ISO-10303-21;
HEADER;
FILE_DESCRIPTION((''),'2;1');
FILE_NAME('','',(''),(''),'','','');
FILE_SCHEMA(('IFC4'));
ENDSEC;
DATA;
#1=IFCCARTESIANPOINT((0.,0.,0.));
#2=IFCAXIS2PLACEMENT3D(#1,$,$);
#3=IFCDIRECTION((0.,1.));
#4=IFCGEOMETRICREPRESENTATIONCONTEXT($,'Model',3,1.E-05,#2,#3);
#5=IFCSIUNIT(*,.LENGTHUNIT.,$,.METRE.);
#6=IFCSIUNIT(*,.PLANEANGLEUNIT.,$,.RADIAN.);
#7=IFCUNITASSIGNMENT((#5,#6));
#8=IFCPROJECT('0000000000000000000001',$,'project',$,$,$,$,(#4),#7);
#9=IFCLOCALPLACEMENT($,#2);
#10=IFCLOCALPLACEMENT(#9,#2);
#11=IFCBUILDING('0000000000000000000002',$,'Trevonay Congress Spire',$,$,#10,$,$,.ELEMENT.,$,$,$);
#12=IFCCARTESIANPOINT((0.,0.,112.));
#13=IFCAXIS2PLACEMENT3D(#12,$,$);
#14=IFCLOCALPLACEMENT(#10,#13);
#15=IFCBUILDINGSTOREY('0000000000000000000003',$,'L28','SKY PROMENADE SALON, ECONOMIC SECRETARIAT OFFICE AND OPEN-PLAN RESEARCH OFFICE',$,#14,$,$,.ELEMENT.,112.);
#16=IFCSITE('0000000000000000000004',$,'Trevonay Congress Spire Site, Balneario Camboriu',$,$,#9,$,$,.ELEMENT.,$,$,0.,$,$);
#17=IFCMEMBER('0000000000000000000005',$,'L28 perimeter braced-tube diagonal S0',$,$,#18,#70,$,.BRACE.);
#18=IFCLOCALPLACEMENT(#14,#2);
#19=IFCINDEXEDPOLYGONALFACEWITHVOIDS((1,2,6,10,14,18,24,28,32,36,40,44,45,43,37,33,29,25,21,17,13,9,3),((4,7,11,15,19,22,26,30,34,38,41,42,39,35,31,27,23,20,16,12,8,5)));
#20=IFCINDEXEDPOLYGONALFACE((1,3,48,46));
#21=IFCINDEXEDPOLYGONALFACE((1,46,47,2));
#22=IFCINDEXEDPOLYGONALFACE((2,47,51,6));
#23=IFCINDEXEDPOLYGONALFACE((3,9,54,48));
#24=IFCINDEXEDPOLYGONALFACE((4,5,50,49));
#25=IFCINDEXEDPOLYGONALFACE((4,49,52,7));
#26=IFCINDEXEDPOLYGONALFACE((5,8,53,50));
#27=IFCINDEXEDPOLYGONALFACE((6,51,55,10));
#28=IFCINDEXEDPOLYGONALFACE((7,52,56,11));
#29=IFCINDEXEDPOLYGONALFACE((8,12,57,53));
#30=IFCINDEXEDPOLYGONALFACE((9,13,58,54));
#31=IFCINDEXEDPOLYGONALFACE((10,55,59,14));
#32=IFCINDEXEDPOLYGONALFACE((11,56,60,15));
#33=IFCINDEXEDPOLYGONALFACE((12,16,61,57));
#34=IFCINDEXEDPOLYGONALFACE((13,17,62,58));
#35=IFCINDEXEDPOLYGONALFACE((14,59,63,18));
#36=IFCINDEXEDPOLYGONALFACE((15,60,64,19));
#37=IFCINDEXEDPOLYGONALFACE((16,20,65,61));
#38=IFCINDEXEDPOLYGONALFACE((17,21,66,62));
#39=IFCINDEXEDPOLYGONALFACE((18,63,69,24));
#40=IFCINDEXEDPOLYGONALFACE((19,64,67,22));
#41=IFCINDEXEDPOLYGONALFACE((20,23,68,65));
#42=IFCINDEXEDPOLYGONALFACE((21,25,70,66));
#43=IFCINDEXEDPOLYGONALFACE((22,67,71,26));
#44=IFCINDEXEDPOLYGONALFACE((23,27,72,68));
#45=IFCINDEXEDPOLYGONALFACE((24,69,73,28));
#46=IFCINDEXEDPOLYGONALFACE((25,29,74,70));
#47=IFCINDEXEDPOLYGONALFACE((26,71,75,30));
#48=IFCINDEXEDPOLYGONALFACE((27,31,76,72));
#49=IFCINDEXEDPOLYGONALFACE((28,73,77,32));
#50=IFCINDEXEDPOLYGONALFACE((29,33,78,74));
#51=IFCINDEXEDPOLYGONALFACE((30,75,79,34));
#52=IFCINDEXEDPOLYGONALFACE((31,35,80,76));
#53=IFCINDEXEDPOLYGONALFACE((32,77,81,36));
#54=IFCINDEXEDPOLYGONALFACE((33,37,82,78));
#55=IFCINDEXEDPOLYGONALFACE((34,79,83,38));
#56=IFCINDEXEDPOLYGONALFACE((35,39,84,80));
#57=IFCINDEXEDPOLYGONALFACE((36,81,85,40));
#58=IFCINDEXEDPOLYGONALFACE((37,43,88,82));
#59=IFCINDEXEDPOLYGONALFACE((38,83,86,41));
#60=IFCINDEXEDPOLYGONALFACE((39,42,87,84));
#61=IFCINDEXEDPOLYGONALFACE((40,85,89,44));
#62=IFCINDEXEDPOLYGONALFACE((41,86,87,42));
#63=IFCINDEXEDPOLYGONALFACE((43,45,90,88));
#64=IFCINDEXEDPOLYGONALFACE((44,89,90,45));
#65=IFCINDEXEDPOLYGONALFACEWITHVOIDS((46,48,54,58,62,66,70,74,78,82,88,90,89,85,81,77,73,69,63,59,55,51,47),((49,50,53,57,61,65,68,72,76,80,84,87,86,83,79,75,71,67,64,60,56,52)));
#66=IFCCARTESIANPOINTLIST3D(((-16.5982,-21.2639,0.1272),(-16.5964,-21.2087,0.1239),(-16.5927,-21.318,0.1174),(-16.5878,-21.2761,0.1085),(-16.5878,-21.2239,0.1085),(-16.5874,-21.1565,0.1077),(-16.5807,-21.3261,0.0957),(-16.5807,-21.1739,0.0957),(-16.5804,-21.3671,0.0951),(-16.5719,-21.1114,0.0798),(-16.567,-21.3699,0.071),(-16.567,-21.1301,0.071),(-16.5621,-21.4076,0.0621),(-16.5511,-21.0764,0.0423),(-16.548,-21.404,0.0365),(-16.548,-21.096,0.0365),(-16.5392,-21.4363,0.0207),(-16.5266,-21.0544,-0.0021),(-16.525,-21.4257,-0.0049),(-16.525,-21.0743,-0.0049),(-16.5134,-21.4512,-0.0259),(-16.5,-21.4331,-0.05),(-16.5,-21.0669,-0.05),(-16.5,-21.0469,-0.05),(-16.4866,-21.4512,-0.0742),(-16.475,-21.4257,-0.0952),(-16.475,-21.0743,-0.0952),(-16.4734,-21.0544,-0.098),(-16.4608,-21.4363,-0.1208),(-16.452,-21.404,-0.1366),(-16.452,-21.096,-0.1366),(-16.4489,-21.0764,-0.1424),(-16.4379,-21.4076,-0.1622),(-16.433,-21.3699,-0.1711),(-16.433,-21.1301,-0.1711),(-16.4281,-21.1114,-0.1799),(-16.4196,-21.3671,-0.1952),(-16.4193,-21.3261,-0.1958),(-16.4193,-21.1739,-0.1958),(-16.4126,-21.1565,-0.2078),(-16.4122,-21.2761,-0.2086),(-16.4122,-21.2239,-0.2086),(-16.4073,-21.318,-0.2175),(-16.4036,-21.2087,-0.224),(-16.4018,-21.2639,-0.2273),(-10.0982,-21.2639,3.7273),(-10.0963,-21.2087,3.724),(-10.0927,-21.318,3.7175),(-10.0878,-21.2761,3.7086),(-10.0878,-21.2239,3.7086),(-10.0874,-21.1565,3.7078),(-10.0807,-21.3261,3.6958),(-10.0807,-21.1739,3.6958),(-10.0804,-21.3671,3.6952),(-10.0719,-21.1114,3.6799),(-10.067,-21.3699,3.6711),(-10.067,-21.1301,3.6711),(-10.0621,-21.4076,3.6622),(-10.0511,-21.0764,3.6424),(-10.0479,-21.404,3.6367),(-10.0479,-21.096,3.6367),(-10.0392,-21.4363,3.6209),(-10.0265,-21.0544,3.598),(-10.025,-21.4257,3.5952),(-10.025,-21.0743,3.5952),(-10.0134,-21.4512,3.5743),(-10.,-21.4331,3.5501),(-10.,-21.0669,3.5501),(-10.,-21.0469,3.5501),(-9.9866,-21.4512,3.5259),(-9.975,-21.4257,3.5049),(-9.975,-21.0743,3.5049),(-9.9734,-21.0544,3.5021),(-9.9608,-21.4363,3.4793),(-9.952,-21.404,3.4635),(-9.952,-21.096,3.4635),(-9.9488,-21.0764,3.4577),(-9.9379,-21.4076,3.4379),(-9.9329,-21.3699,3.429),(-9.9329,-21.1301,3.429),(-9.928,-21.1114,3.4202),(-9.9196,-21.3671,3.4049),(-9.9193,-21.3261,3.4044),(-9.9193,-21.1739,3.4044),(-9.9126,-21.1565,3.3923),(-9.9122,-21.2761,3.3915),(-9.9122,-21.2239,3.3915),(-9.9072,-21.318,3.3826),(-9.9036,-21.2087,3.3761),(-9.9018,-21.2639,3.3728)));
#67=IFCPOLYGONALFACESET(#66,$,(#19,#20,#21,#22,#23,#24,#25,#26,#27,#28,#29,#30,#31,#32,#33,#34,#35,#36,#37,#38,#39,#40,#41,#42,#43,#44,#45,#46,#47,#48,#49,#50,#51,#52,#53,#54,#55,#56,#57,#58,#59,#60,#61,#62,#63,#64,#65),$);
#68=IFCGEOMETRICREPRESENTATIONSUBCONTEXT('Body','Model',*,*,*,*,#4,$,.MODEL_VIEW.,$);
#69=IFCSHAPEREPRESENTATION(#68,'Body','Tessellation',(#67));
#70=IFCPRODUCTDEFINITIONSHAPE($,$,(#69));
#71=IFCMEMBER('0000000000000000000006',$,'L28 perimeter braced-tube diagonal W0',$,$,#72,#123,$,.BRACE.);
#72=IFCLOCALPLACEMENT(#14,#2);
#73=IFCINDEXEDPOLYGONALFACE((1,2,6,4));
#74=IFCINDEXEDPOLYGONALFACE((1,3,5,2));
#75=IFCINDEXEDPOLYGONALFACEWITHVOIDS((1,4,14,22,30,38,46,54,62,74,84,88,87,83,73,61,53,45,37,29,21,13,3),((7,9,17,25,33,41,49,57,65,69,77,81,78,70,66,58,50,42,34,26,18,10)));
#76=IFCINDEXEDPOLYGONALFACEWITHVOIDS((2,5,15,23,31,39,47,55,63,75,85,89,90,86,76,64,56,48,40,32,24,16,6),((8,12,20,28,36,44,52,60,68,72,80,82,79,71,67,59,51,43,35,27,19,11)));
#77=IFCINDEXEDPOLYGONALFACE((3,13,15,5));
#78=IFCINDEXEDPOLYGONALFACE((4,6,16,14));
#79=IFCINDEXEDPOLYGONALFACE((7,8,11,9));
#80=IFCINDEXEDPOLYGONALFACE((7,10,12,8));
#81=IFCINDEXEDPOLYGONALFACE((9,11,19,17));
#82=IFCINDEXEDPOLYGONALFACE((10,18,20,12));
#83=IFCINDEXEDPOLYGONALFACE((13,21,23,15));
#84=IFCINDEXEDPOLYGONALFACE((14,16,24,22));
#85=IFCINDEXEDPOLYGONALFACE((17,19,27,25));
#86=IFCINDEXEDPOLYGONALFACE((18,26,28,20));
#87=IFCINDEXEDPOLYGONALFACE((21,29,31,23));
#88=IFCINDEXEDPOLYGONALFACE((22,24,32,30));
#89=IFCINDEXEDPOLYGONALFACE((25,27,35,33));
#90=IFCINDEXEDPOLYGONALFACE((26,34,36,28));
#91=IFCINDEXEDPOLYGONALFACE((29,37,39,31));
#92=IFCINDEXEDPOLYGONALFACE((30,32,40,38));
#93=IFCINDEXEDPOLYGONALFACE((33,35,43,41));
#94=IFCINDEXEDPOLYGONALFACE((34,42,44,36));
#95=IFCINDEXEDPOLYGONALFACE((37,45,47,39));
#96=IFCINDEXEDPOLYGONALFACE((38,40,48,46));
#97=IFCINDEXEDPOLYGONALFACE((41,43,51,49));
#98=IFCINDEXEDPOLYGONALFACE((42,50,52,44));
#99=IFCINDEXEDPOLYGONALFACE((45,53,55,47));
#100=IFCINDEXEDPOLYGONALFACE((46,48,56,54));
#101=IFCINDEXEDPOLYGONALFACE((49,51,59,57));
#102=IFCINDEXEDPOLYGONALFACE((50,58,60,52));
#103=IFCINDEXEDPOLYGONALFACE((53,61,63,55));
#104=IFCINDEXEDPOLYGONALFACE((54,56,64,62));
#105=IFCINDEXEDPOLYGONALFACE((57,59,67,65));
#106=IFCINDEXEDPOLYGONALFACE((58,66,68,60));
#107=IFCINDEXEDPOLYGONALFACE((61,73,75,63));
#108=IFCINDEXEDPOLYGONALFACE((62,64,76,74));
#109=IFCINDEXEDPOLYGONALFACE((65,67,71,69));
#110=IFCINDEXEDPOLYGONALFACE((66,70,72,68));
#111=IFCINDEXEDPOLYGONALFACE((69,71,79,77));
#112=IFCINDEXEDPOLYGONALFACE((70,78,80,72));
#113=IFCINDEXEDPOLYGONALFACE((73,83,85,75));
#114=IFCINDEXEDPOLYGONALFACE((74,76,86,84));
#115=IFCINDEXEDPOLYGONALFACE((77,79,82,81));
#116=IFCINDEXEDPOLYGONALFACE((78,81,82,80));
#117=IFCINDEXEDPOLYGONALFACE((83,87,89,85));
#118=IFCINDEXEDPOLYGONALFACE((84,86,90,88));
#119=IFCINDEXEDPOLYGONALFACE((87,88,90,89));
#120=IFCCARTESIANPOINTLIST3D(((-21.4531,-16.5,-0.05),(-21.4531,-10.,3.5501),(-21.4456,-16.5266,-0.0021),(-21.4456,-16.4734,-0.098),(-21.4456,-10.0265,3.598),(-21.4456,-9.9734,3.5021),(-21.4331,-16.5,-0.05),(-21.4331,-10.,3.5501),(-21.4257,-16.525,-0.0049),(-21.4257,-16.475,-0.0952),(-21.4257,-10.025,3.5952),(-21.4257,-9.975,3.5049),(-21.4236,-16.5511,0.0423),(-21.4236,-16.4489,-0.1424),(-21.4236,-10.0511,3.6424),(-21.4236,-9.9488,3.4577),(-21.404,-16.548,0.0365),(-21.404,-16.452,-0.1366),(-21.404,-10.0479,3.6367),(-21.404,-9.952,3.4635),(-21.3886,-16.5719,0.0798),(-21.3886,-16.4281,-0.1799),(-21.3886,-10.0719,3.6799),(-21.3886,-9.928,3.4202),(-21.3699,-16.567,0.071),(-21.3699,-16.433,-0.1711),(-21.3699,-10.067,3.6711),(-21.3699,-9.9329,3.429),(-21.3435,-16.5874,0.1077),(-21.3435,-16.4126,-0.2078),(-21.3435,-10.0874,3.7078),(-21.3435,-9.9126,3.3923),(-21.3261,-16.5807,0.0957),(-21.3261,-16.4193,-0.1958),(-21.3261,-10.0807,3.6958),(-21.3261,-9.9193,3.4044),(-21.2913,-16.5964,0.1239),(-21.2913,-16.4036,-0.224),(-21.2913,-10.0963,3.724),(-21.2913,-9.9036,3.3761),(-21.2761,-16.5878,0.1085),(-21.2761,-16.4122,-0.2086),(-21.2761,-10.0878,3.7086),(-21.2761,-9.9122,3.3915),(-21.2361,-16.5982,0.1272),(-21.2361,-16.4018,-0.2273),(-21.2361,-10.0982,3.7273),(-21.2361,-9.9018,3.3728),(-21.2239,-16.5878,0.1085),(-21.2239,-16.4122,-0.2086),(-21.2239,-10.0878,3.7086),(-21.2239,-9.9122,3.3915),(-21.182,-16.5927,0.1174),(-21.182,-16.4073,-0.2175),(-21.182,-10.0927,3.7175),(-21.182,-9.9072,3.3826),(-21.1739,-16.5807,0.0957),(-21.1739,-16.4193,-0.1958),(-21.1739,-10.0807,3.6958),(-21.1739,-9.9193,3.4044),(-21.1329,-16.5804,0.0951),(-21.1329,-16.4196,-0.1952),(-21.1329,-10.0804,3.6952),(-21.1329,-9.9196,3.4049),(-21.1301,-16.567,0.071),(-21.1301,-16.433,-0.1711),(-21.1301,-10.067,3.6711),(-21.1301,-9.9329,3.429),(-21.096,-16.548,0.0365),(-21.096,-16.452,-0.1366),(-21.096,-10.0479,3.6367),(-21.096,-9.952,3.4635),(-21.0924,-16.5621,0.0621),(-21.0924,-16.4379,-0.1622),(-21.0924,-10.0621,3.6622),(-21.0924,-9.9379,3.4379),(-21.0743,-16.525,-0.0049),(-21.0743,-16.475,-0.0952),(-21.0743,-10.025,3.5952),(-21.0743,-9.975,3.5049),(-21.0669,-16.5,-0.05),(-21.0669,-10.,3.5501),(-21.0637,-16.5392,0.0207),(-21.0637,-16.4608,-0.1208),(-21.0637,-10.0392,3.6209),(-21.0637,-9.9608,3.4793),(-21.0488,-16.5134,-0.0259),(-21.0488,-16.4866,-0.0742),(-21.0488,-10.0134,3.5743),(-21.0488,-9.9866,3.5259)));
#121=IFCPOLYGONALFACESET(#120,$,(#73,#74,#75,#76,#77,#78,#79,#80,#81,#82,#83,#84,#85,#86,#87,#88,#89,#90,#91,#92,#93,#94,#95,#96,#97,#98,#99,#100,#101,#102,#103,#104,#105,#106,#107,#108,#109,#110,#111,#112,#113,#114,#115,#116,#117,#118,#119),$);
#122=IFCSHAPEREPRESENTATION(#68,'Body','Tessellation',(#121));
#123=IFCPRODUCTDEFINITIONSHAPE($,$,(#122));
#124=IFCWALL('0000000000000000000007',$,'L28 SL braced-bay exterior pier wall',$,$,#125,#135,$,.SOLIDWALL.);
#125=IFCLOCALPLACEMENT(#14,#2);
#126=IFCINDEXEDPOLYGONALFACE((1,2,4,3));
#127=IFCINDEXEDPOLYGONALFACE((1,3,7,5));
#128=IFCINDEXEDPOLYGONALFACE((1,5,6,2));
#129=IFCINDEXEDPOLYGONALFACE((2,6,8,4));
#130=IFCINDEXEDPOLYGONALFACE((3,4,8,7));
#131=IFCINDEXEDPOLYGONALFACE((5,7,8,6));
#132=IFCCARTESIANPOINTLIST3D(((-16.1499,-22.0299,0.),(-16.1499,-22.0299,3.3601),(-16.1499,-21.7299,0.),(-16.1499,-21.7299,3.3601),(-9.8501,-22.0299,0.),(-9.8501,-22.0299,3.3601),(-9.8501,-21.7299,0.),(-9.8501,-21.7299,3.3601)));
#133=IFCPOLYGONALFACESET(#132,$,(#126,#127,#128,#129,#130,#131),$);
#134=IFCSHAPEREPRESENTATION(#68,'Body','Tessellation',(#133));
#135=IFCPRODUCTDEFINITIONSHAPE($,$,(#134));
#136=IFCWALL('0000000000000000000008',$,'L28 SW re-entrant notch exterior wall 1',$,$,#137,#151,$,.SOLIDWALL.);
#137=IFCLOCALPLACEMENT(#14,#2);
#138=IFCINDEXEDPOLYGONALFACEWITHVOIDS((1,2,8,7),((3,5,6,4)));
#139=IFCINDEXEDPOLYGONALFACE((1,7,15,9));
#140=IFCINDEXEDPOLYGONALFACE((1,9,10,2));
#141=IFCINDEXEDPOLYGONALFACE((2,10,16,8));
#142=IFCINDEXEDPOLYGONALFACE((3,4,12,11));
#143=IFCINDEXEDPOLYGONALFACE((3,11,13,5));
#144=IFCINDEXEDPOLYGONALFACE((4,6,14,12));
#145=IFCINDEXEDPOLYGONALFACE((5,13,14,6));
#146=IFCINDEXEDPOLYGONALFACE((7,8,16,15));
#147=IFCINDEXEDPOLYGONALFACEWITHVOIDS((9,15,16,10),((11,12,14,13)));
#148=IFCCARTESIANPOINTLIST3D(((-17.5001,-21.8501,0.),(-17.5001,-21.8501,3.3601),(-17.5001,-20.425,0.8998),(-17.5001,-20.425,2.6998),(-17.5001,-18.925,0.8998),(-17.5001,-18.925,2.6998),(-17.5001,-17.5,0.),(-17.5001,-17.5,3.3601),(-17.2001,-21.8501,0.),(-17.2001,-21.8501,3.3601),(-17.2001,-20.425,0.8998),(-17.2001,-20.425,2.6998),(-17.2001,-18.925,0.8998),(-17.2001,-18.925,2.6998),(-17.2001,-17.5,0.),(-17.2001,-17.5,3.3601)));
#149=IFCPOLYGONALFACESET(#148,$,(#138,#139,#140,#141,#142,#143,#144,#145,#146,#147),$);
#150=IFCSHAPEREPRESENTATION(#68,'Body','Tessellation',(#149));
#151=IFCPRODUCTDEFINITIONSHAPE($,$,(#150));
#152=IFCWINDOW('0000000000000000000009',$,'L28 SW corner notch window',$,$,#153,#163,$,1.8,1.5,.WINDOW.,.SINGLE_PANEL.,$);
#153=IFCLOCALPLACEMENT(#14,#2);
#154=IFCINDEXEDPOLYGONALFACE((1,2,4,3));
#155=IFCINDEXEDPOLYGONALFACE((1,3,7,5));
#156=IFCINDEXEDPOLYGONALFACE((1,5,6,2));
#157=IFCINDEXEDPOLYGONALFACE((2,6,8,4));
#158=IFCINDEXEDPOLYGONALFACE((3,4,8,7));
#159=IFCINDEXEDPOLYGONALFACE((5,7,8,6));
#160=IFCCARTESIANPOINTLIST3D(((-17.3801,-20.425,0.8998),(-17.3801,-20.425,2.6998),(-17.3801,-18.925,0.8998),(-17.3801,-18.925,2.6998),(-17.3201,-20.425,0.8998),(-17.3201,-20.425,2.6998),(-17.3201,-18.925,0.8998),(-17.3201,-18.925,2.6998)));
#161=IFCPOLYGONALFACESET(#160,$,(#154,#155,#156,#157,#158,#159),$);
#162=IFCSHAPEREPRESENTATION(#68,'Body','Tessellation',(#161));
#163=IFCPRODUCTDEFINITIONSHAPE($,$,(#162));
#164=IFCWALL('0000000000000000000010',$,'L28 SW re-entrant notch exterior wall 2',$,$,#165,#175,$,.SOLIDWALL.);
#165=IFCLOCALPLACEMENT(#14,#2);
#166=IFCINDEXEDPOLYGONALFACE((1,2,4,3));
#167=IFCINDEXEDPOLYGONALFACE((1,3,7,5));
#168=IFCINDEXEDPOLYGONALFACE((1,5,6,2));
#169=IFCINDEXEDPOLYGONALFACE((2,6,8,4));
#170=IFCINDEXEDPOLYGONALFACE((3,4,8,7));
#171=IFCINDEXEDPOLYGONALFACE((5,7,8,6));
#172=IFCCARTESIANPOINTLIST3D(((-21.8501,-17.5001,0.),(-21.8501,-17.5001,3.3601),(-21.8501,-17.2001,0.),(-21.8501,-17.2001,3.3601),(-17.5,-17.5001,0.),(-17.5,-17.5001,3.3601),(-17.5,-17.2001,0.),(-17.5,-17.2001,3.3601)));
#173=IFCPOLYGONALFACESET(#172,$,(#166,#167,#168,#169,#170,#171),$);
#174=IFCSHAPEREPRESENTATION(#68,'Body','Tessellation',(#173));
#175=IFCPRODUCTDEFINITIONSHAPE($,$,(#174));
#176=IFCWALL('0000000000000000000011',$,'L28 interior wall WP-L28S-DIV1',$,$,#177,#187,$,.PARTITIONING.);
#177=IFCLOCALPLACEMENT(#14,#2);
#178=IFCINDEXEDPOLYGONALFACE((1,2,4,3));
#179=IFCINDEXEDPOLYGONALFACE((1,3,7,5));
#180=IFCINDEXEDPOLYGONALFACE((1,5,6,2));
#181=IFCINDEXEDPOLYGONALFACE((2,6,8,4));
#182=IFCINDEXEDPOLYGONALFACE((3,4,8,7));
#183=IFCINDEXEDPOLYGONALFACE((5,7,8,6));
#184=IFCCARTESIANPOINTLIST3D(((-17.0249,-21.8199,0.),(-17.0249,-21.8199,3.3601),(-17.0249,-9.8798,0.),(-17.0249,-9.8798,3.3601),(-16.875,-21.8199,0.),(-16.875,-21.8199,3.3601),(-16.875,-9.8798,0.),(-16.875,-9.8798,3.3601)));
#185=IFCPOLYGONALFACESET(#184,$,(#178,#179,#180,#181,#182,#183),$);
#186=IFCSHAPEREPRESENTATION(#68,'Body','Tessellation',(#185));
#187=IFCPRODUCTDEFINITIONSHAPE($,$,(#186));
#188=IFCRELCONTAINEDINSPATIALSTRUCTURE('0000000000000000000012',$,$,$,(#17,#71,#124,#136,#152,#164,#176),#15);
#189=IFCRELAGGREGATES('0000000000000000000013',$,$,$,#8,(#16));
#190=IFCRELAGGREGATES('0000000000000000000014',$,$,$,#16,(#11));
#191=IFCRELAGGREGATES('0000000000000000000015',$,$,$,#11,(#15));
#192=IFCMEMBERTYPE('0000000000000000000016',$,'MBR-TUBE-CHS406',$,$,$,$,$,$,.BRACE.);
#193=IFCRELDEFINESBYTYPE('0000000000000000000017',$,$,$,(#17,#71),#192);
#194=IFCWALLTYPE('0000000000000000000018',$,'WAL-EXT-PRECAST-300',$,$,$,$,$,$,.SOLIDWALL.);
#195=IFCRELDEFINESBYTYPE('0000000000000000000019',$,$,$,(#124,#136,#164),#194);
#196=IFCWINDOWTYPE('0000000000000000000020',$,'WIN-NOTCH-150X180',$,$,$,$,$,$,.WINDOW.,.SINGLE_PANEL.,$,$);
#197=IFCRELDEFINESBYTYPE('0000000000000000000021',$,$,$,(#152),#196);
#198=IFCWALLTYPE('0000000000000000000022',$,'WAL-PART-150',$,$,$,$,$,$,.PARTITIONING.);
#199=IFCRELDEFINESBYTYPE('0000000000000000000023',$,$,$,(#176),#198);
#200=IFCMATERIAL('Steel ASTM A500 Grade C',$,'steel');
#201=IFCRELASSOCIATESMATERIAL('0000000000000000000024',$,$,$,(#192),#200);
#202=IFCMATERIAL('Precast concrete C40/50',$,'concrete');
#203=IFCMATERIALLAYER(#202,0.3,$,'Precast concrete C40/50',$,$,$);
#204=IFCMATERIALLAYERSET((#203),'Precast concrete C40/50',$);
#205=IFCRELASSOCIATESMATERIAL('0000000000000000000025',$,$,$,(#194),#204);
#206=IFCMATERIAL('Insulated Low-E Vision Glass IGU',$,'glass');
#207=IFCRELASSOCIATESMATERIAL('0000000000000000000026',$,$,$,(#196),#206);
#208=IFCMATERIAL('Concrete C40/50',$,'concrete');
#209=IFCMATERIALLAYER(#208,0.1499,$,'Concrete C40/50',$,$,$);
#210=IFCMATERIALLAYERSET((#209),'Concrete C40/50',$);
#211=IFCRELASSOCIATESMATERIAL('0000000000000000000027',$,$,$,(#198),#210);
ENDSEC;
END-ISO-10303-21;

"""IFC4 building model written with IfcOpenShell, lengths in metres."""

from ifc_helpers import new_model, si_unit, direction, frame, frame_2d, origin, origin_2d, place, context, subcontext, project, spatial, rectangle, hollow_circle, extrude, material, layer, layer_set, material_profile, profile_set, type_object, element, fill, save


model = new_model("IFC4")

# Units and contexts
model_context = context("Model", 3, precision=1e-05, world=origin(), true_north=direction((0.0, 1.0)))
body_context = subcontext(model_context, "Body", "Model", "MODEL_VIEW")
ifc_project = project(units=[si_unit("LENGTHUNIT", "METRE"), si_unit("PLANEANGLEUNIT", "RADIAN")], contexts=[model_context])

# Site, building, storey
site_placement = place(None, origin())
site = spatial("IfcSite", under=ifc_project, at=site_placement, Name="Trevonay Congress Spire Site, Balneario Camboriu", CompositionType="ELEMENT", RefElevation=0.0)
building_placement = place(site_placement, origin())
building = spatial("IfcBuilding", under=site, at=building_placement, Name="Trevonay Congress Spire", CompositionType="ELEMENT")
storey_placement = place(building_placement, frame((0.0, 0.0, 112.0)))
storey = spatial("IfcBuildingStorey", under=building, at=storey_placement, Name="L28", Description="SKY PROMENADE SALON, ECONOMIC SECRETARIAT OFFICE AND OPEN-PLAN RESEARCH OFFICE", CompositionType="ELEMENT", Elevation=112.0)

# Members
ifc_material_1 = material(Name="Steel ASTM A500 Grade C", Category="steel")
ifc_material_profile_1 = material_profile(ifc_material_1, hollow_circle(Radius=0.2031, WallThickness=0.02, at=origin_2d()), Name="CHS 406.4x20")
ifc_profile_set_1 = profile_set([ifc_material_profile_1], Name="Steel ASTM A500 Grade C")
member_type_1 = type_object("IfcMemberType", Name="MBR-TUBE-CHS406", PredefinedType="BRACE", material=ifc_profile_set_1)
for number, where, z_axis, x_axis, name in (
    (1, (-16.5, -21.25, -0.05), (0.874786, 0.0, 0.48451), (0.0, 1.0, 0.0), "L28 perimeter braced-tube diagonal S0"),
    (2, (-21.25, -16.5, -0.05), (0.0, 0.874786, 0.48451), (-1.0, 0.0, 0.0), "L28 perimeter braced-tube diagonal W0"),
):
    element("IfcMember", number, at=place(storey_placement, frame(where, z_axis=z_axis, x_axis=x_axis)), inside=storey, type_object=member_type_1, Name=name, PredefinedType="BRACE", context=body_context, shape_type="SweptSolid", body=[
        extrude(hollow_circle(Radius=0.2031, WallThickness=0.02, at=origin_2d()), origin(), (0.0, 0.0, 1.0), 7.4304),
    ])

# Wall
ifc_material_2 = material(Name="Precast concrete C40/50", Category="concrete")
ifc_layer_1 = layer(ifc_material_2, 0.3, Name="Precast concrete C40/50")
ifc_layer_set_1 = layer_set([ifc_layer_1], Name="Precast concrete C40/50")
wall_type_1 = type_object("IfcWallType", Name="WAL-EXT-PRECAST-300", PredefinedType="SOLIDWALL", material=ifc_layer_set_1)
wall_1_placement = place(storey_placement, frame((-16.1499, -21.8799, 0.0), z_axis=(0.0, 0.0, 1.0), x_axis=(1.0, 0.0, 0.0)))
element("IfcWall", 3, at=wall_1_placement, inside=storey, type_object=wall_type_1, Name="L28 SL braced-bay exterior pier wall", PredefinedType="SOLIDWALL", context=body_context, shape_type="SweptSolid", body=[
    extrude(rectangle(XDim=6.2998, YDim=0.3, at=frame_2d((3.1499, 0.0))), origin(), (0.0, 0.0, 1.0), 3.3601),
])

# Wall, opening, window
wall_2_placement = place(storey_placement, frame((-17.3501, -21.8501, 0.0), z_axis=(0.0, 0.0, 1.0), x_axis=(0.0, 1.0, 0.0)))
wall_2 = element("IfcWall", 4, at=wall_2_placement, inside=storey, type_object=wall_type_1, Name="L28 SW re-entrant notch exterior wall 1", PredefinedType="SOLIDWALL", context=body_context, shape_type="SweptSolid", body=[
    extrude(rectangle(XDim=4.3501, YDim=0.3, at=frame_2d((2.175, 0.0))), origin(), (0.0, 0.0, 1.0), 3.3601),
])
opening_placement = place(wall_2_placement, frame((1.425, 0.0, 0.8999)))
opening = element("IfcOpeningElement", 5, at=opening_placement, cuts=wall_2, PredefinedType="OPENING", context=body_context, shape_type="SweptSolid", body=[
    extrude(rectangle(XDim=1.5, YDim=1.8, at=frame_2d((0.75, 0.8999))), frame((0.0, 0.1602, 0.0), z_axis=(0.0, -1.0, 0.0), x_axis=(1.0, 0.0, 0.0)), (0.0, 0.0, 1.0), 0.3201),
])
ifc_material_3 = material(Name="Insulated Low-E Vision Glass IGU", Category="glass")
window_type = type_object("IfcWindowType", Name="WIN-NOTCH-150X180", PartitioningType="SINGLE_PANEL", PredefinedType="WINDOW", material=ifc_material_3)
window_placement = place(opening_placement, origin())
window = element("IfcWindow", 6, at=window_placement, inside=storey, type_object=window_type, Name="L28 SW corner notch window", OverallHeight=1.8, OverallWidth=1.5, PartitioningType="SINGLE_PANEL", PredefinedType="WINDOW", context=body_context, shape_type="SweptSolid", body=[
    extrude(rectangle(XDim=1.5, YDim=1.8, at=frame_2d((0.75, 0.8999))), frame((0.0, 0.03, 0.0), z_axis=(0.0, -1.0, 0.0), x_axis=(1.0, 0.0, 0.0)), (0.0, 0.0, 1.0), 0.0601),
])
fill(opening, window)

# Walls
wall_3_placement = place(storey_placement, frame((-21.8501, -17.3501, 0.0), z_axis=(0.0, 0.0, 1.0), x_axis=(1.0, 0.0, 0.0)))
element("IfcWall", 7, at=wall_3_placement, inside=storey, type_object=wall_type_1, Name="L28 SW re-entrant notch exterior wall 2", PredefinedType="SOLIDWALL", context=body_context, shape_type="SweptSolid", body=[
    extrude(rectangle(XDim=4.3501, YDim=0.3, at=frame_2d((2.175, 0.0))), origin(), (0.0, 0.0, 1.0), 3.3601),
])
ifc_material_4 = material(Name="Concrete C40/50", Category="concrete")
ifc_layer_2 = layer(ifc_material_4, 0.1499, Name="Concrete C40/50")
ifc_layer_set_2 = layer_set([ifc_layer_2], Name="Concrete C40/50")
wall_type_2 = type_object("IfcWallType", Name="WAL-PART-150", PredefinedType="PARTITIONING", material=ifc_layer_set_2)
for number, where, z_axis, x_axis, name in (
    (8, (-16.95, -21.8201, 0.0), (0.0, 0.0, 1.0), (0.0, 1.0, 0.0), "L28 interior wall WP-L28S-DIV1"),
):
    element("IfcWall", number, at=place(storey_placement, frame(where, z_axis=z_axis, x_axis=x_axis)), inside=storey, type_object=wall_type_2, Name=name, PredefinedType="PARTITIONING", context=body_context, shape_type="SweptSolid", body=[
        extrude(rectangle(XDim=11.9402, YDim=0.1499, at=frame_2d((5.9702, 0.0))), origin(), (0.0, 0.0, 1.0), 3.3601),
    ])

save(model, "model.ifc")
